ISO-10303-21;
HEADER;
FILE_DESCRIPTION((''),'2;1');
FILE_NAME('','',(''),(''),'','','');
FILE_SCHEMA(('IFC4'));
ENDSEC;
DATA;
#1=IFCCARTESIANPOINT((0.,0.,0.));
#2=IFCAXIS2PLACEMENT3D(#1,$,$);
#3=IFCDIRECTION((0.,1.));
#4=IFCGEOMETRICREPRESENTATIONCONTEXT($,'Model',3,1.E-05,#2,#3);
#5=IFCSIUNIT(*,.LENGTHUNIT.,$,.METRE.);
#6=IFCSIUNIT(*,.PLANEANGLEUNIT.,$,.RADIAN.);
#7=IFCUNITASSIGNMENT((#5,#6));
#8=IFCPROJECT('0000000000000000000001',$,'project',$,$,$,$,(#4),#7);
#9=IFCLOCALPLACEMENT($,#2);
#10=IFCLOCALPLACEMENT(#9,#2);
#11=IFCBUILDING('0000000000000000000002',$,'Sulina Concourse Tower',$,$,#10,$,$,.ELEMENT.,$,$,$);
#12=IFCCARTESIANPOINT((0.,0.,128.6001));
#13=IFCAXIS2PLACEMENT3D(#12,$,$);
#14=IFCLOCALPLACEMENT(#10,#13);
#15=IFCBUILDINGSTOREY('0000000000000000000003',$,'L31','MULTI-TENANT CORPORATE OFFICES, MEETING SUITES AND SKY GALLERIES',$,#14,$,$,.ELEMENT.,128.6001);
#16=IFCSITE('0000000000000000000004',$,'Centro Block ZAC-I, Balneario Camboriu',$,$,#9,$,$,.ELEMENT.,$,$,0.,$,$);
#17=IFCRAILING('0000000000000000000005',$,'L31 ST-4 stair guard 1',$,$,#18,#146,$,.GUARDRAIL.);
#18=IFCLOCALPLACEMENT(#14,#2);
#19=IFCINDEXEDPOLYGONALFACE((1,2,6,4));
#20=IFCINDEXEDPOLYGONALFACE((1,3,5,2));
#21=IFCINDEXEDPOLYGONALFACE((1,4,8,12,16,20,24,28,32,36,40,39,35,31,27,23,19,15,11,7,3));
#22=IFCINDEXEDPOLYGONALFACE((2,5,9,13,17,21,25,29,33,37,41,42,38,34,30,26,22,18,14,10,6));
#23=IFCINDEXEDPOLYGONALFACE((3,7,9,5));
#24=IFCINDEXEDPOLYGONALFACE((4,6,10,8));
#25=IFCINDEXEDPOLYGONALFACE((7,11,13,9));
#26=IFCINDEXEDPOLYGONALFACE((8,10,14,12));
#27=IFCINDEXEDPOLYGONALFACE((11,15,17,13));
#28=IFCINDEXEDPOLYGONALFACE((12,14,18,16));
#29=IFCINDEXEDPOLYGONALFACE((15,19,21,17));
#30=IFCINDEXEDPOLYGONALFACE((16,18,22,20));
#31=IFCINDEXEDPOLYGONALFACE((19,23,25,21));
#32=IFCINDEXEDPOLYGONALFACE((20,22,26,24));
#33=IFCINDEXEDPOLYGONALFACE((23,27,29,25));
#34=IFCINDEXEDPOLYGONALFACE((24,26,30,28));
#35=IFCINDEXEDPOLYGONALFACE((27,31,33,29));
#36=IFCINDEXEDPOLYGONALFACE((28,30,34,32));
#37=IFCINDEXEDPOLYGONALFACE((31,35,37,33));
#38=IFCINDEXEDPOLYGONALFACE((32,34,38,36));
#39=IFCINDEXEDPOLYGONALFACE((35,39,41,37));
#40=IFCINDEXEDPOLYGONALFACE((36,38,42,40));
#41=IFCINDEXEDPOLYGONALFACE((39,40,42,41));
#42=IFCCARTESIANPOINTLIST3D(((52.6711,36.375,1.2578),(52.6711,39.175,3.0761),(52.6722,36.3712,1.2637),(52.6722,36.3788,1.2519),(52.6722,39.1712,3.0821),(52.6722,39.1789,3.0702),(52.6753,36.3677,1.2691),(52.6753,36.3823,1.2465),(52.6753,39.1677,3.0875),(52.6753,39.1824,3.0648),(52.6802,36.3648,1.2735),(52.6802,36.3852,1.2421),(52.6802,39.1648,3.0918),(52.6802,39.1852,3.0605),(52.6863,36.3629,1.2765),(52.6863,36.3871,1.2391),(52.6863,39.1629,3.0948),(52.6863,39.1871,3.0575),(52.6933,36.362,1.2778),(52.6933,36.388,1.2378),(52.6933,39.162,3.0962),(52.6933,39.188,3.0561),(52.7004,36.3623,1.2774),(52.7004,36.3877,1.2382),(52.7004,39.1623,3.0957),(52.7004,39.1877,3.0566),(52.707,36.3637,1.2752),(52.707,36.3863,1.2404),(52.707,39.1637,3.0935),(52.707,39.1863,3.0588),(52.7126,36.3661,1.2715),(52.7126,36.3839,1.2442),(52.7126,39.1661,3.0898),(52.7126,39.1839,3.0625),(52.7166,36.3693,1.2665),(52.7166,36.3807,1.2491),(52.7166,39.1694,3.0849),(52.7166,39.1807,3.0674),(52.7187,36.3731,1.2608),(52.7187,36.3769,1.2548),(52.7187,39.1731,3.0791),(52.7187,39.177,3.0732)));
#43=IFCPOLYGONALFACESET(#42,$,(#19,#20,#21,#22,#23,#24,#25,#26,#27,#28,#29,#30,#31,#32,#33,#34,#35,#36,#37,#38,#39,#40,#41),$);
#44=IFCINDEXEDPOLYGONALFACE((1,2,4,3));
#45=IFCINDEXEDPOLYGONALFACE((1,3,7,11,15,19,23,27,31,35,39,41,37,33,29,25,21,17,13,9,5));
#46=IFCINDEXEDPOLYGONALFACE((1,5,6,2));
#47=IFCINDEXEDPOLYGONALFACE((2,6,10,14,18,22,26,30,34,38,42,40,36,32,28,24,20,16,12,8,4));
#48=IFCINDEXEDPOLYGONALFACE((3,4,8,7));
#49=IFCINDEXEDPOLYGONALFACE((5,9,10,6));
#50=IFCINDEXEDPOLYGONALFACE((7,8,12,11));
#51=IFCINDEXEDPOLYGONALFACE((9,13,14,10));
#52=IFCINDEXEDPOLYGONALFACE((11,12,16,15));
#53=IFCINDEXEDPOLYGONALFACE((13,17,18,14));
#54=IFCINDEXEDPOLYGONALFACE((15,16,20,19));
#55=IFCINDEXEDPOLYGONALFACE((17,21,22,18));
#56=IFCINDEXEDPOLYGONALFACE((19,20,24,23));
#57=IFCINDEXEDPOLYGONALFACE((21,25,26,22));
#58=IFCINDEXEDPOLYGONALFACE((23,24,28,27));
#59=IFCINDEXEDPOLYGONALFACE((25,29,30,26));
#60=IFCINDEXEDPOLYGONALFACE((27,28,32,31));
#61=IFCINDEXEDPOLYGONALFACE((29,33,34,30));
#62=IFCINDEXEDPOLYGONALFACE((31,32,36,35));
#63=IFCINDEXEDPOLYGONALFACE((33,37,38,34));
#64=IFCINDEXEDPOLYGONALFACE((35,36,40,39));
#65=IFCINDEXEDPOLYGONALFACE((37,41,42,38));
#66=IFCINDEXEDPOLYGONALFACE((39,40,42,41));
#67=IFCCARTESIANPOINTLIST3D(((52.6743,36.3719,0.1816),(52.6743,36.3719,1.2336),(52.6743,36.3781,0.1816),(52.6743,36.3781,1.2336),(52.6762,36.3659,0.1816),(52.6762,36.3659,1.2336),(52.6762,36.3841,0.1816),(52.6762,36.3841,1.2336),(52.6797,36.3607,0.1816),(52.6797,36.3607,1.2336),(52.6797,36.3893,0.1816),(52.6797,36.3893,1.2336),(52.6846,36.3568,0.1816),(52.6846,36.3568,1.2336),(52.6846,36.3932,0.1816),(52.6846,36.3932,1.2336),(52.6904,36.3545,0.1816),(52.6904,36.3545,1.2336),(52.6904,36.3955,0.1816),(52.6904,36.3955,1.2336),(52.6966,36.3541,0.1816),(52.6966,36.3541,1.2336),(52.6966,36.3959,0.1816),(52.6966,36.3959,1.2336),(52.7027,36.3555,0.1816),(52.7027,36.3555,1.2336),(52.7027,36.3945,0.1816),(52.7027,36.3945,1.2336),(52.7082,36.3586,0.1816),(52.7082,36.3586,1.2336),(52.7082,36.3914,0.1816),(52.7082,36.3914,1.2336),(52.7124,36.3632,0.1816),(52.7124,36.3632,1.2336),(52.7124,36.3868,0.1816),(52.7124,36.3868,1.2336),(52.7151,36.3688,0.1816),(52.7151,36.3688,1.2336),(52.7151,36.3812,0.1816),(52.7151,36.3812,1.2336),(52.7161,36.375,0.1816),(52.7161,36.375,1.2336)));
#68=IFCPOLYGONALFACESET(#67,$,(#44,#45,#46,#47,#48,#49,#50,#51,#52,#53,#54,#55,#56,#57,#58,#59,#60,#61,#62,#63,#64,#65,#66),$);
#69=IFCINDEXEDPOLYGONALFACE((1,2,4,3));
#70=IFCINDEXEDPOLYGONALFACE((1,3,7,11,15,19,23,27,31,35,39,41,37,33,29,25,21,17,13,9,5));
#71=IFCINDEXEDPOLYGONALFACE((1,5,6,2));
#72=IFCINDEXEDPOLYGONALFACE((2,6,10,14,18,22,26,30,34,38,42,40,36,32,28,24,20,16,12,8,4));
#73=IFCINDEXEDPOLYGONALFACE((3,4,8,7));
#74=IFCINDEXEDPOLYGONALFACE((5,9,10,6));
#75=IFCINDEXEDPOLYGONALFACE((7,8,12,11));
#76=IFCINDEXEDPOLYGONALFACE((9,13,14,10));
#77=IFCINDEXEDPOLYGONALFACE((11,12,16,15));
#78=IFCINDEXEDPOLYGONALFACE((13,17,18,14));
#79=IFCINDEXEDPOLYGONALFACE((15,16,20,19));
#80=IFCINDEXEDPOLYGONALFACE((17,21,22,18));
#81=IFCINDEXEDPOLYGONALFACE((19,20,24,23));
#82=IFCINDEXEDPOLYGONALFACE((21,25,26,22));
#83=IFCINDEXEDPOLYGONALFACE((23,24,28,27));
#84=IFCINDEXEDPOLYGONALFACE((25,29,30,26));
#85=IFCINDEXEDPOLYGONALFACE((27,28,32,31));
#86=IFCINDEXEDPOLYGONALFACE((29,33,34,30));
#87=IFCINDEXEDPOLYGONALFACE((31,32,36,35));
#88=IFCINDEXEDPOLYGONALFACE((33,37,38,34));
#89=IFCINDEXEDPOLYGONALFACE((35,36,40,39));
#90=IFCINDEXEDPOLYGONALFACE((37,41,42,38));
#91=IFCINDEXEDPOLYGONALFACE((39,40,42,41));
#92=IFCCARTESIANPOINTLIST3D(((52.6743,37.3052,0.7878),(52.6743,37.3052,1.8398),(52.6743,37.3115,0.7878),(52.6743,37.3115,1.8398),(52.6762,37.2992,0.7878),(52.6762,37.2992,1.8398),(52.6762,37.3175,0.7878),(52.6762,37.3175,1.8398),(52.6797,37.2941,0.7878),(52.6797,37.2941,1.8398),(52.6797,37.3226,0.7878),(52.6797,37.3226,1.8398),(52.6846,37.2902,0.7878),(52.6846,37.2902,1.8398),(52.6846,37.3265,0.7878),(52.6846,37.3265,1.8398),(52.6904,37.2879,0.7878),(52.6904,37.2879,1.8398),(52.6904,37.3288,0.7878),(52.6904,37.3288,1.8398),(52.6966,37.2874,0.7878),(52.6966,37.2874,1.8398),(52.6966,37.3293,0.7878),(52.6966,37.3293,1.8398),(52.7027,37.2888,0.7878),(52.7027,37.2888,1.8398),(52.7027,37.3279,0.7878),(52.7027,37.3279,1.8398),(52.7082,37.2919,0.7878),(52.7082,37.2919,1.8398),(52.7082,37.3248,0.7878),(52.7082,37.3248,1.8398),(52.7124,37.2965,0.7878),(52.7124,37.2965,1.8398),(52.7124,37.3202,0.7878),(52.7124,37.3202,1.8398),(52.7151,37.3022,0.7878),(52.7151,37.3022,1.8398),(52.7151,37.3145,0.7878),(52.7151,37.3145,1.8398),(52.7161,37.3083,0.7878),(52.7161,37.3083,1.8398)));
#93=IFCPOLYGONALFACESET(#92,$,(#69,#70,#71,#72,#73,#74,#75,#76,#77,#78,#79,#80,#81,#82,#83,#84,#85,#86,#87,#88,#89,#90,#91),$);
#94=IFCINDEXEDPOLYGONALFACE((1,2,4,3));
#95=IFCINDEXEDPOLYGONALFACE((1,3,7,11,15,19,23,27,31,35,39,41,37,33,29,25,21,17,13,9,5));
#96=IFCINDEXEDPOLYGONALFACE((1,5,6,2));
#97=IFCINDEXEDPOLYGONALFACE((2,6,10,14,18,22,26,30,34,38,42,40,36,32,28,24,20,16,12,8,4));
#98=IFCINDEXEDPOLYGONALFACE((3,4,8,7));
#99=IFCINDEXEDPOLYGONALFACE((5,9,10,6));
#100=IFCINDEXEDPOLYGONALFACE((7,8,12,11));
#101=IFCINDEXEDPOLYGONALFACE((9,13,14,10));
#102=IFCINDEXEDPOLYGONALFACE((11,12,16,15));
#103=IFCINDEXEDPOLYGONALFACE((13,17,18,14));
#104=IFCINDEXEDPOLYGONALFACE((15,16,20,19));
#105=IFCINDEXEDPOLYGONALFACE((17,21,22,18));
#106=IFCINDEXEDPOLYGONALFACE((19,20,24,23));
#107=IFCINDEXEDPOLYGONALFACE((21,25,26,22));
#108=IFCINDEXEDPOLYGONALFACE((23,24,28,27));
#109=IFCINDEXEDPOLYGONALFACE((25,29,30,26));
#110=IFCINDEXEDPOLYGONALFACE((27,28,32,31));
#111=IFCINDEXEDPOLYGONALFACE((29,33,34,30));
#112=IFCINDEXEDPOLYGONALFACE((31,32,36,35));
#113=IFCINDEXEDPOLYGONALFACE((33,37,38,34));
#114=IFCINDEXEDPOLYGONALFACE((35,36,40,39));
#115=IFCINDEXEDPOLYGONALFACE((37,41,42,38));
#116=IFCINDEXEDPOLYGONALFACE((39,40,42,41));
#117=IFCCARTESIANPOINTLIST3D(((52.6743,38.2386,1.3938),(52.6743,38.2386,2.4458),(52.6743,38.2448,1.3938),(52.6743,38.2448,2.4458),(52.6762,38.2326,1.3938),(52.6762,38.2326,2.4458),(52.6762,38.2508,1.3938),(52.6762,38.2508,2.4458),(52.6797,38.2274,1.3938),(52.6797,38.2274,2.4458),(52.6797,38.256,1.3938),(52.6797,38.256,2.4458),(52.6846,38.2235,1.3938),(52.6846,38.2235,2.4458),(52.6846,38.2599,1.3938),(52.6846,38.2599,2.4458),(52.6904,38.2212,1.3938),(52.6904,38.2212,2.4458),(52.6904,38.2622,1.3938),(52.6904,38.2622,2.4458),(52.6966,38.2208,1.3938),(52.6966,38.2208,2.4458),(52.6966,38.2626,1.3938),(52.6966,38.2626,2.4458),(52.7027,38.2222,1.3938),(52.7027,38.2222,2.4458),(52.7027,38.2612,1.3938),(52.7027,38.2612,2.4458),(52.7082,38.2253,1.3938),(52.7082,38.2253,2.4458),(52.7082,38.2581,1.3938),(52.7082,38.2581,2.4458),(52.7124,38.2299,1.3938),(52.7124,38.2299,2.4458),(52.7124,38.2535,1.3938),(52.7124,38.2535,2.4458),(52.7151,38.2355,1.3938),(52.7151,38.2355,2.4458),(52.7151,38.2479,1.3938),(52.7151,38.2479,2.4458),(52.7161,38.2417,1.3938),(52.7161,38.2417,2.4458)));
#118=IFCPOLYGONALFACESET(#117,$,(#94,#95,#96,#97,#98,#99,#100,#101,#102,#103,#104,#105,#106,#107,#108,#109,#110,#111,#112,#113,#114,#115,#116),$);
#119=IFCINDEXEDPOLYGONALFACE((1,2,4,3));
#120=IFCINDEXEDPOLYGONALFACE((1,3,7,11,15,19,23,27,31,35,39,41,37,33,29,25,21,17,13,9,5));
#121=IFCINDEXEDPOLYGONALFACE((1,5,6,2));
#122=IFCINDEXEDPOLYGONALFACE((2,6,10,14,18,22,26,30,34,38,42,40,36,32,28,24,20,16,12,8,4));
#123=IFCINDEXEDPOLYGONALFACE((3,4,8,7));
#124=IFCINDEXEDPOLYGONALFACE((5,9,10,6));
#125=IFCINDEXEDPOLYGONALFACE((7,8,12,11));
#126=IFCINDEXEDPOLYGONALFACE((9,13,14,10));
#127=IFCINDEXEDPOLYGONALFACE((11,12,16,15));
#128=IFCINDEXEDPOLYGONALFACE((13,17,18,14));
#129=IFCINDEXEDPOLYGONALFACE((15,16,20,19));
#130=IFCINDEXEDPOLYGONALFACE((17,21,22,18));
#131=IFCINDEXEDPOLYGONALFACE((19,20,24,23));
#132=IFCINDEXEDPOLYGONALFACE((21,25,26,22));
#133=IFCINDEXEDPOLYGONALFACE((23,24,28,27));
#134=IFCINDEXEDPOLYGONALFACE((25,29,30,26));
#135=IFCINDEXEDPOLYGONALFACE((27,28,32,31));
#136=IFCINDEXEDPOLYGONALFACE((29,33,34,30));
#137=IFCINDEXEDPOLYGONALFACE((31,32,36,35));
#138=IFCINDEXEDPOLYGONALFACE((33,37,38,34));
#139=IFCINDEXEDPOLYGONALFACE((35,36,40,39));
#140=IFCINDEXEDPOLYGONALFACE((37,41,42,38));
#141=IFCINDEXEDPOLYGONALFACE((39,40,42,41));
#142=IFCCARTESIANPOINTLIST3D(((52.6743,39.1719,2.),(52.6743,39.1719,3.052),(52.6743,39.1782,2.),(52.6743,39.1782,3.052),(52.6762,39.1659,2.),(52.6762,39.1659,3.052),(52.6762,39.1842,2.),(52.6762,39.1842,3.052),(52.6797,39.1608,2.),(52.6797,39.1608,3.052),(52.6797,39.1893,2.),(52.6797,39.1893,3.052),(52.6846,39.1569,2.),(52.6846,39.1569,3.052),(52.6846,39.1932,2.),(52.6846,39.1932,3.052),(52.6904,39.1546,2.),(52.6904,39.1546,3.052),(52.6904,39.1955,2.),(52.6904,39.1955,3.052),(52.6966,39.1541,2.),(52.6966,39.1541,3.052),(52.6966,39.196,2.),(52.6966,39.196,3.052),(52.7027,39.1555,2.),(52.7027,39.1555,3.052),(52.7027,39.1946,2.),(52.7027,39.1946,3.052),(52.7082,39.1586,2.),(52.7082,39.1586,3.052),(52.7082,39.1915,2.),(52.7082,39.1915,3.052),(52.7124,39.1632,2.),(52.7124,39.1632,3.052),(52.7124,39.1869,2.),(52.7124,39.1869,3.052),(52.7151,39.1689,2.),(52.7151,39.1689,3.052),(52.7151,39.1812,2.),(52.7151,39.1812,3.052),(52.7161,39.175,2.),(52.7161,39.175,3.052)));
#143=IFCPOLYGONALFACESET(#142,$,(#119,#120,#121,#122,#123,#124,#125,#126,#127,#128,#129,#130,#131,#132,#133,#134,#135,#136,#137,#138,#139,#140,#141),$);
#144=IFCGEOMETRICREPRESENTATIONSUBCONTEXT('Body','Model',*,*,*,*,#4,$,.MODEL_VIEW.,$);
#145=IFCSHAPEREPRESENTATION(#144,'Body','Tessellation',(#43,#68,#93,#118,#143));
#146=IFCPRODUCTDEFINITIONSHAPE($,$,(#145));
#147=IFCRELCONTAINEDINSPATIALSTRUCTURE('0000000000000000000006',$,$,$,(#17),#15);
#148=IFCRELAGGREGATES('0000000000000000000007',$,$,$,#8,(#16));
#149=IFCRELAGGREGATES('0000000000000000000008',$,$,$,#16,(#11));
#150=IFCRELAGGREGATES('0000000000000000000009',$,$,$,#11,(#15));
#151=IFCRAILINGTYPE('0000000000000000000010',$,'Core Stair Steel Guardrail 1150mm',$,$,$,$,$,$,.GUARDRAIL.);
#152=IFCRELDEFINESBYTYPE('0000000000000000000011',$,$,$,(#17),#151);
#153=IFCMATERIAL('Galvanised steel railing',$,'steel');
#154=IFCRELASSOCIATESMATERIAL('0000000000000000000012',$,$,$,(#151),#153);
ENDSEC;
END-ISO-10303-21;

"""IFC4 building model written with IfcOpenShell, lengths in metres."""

from ifc_helpers import new_model, si_unit, direction, frame, origin, origin_2d, place, context, subcontext, project, spatial, circle, extrude, material, type_object, element, save


model = new_model("IFC4")

# Units and contexts
model_context = context("Model", 3, precision=1e-05, world=origin(), true_north=direction((0.0, 1.0)))
body_context = subcontext(model_context, "Body", "Model", "MODEL_VIEW")
ifc_project = project(units=[si_unit("LENGTHUNIT", "METRE"), si_unit("PLANEANGLEUNIT", "RADIAN")], contexts=[model_context])

# Site, building, storey
site_placement = place(None, origin())
site = spatial("IfcSite", under=ifc_project, at=site_placement, Name="Centro Block ZAC-I, Balneario Camboriu", CompositionType="ELEMENT", RefElevation=0.0)
building_placement = place(site_placement, origin())
building = spatial("IfcBuilding", under=site, at=building_placement, Name="Sulina Concourse Tower", CompositionType="ELEMENT")
storey_placement = place(building_placement, frame((0.0, 0.0, 128.6001)))
storey = spatial("IfcBuildingStorey", under=building, at=storey_placement, Name="L31", Description="MULTI-TENANT CORPORATE OFFICES, MEETING SUITES AND SKY GALLERIES", CompositionType="ELEMENT", Elevation=128.6001)

# Railing
ifc_material_1 = material(Name="Galvanised steel railing", Category="steel")
railing_type_1 = type_object("IfcRailingType", Name="Core Stair Steel Guardrail 1150mm", PredefinedType="GUARDRAIL", material=ifc_material_1)
railing_1_placement = place(storey_placement, frame((52.6951, 36.375, 0.1816)))
element("IfcRailing", 1, at=railing_1_placement, inside=storey, type_object=railing_type_1, Name="L31 ST-4 stair guard 1", PredefinedType="GUARDRAIL", context=body_context, shape_type="SweptSolid", body=[
    extrude(circle(Radius=0.0239, at=origin_2d()), frame((0.0, 0.0, 1.0762), z_axis=(0.0, 0.838672, 0.544636), x_axis=(-1.0, 0.0, 0.0)), (0.0, 0.0, 1.0), 3.3386),
    extrude(circle(Radius=0.021, at=origin_2d()), origin(), (0.0, 0.0, 1.0), 1.052),
    extrude(circle(Radius=0.021, at=origin_2d()), frame((0.0, 0.9333, 0.6062)), (0.0, 0.0, 1.0), 1.052),
    extrude(circle(Radius=0.021, at=origin_2d()), frame((0.0, 1.8667, 1.2122)), (0.0, 0.0, 1.0), 1.052),
    extrude(circle(Radius=0.021, at=origin_2d()), frame((0.0, 2.8, 1.8184)), (0.0, 0.0, 1.0), 1.052),
])

save(model, "model.ifc")
